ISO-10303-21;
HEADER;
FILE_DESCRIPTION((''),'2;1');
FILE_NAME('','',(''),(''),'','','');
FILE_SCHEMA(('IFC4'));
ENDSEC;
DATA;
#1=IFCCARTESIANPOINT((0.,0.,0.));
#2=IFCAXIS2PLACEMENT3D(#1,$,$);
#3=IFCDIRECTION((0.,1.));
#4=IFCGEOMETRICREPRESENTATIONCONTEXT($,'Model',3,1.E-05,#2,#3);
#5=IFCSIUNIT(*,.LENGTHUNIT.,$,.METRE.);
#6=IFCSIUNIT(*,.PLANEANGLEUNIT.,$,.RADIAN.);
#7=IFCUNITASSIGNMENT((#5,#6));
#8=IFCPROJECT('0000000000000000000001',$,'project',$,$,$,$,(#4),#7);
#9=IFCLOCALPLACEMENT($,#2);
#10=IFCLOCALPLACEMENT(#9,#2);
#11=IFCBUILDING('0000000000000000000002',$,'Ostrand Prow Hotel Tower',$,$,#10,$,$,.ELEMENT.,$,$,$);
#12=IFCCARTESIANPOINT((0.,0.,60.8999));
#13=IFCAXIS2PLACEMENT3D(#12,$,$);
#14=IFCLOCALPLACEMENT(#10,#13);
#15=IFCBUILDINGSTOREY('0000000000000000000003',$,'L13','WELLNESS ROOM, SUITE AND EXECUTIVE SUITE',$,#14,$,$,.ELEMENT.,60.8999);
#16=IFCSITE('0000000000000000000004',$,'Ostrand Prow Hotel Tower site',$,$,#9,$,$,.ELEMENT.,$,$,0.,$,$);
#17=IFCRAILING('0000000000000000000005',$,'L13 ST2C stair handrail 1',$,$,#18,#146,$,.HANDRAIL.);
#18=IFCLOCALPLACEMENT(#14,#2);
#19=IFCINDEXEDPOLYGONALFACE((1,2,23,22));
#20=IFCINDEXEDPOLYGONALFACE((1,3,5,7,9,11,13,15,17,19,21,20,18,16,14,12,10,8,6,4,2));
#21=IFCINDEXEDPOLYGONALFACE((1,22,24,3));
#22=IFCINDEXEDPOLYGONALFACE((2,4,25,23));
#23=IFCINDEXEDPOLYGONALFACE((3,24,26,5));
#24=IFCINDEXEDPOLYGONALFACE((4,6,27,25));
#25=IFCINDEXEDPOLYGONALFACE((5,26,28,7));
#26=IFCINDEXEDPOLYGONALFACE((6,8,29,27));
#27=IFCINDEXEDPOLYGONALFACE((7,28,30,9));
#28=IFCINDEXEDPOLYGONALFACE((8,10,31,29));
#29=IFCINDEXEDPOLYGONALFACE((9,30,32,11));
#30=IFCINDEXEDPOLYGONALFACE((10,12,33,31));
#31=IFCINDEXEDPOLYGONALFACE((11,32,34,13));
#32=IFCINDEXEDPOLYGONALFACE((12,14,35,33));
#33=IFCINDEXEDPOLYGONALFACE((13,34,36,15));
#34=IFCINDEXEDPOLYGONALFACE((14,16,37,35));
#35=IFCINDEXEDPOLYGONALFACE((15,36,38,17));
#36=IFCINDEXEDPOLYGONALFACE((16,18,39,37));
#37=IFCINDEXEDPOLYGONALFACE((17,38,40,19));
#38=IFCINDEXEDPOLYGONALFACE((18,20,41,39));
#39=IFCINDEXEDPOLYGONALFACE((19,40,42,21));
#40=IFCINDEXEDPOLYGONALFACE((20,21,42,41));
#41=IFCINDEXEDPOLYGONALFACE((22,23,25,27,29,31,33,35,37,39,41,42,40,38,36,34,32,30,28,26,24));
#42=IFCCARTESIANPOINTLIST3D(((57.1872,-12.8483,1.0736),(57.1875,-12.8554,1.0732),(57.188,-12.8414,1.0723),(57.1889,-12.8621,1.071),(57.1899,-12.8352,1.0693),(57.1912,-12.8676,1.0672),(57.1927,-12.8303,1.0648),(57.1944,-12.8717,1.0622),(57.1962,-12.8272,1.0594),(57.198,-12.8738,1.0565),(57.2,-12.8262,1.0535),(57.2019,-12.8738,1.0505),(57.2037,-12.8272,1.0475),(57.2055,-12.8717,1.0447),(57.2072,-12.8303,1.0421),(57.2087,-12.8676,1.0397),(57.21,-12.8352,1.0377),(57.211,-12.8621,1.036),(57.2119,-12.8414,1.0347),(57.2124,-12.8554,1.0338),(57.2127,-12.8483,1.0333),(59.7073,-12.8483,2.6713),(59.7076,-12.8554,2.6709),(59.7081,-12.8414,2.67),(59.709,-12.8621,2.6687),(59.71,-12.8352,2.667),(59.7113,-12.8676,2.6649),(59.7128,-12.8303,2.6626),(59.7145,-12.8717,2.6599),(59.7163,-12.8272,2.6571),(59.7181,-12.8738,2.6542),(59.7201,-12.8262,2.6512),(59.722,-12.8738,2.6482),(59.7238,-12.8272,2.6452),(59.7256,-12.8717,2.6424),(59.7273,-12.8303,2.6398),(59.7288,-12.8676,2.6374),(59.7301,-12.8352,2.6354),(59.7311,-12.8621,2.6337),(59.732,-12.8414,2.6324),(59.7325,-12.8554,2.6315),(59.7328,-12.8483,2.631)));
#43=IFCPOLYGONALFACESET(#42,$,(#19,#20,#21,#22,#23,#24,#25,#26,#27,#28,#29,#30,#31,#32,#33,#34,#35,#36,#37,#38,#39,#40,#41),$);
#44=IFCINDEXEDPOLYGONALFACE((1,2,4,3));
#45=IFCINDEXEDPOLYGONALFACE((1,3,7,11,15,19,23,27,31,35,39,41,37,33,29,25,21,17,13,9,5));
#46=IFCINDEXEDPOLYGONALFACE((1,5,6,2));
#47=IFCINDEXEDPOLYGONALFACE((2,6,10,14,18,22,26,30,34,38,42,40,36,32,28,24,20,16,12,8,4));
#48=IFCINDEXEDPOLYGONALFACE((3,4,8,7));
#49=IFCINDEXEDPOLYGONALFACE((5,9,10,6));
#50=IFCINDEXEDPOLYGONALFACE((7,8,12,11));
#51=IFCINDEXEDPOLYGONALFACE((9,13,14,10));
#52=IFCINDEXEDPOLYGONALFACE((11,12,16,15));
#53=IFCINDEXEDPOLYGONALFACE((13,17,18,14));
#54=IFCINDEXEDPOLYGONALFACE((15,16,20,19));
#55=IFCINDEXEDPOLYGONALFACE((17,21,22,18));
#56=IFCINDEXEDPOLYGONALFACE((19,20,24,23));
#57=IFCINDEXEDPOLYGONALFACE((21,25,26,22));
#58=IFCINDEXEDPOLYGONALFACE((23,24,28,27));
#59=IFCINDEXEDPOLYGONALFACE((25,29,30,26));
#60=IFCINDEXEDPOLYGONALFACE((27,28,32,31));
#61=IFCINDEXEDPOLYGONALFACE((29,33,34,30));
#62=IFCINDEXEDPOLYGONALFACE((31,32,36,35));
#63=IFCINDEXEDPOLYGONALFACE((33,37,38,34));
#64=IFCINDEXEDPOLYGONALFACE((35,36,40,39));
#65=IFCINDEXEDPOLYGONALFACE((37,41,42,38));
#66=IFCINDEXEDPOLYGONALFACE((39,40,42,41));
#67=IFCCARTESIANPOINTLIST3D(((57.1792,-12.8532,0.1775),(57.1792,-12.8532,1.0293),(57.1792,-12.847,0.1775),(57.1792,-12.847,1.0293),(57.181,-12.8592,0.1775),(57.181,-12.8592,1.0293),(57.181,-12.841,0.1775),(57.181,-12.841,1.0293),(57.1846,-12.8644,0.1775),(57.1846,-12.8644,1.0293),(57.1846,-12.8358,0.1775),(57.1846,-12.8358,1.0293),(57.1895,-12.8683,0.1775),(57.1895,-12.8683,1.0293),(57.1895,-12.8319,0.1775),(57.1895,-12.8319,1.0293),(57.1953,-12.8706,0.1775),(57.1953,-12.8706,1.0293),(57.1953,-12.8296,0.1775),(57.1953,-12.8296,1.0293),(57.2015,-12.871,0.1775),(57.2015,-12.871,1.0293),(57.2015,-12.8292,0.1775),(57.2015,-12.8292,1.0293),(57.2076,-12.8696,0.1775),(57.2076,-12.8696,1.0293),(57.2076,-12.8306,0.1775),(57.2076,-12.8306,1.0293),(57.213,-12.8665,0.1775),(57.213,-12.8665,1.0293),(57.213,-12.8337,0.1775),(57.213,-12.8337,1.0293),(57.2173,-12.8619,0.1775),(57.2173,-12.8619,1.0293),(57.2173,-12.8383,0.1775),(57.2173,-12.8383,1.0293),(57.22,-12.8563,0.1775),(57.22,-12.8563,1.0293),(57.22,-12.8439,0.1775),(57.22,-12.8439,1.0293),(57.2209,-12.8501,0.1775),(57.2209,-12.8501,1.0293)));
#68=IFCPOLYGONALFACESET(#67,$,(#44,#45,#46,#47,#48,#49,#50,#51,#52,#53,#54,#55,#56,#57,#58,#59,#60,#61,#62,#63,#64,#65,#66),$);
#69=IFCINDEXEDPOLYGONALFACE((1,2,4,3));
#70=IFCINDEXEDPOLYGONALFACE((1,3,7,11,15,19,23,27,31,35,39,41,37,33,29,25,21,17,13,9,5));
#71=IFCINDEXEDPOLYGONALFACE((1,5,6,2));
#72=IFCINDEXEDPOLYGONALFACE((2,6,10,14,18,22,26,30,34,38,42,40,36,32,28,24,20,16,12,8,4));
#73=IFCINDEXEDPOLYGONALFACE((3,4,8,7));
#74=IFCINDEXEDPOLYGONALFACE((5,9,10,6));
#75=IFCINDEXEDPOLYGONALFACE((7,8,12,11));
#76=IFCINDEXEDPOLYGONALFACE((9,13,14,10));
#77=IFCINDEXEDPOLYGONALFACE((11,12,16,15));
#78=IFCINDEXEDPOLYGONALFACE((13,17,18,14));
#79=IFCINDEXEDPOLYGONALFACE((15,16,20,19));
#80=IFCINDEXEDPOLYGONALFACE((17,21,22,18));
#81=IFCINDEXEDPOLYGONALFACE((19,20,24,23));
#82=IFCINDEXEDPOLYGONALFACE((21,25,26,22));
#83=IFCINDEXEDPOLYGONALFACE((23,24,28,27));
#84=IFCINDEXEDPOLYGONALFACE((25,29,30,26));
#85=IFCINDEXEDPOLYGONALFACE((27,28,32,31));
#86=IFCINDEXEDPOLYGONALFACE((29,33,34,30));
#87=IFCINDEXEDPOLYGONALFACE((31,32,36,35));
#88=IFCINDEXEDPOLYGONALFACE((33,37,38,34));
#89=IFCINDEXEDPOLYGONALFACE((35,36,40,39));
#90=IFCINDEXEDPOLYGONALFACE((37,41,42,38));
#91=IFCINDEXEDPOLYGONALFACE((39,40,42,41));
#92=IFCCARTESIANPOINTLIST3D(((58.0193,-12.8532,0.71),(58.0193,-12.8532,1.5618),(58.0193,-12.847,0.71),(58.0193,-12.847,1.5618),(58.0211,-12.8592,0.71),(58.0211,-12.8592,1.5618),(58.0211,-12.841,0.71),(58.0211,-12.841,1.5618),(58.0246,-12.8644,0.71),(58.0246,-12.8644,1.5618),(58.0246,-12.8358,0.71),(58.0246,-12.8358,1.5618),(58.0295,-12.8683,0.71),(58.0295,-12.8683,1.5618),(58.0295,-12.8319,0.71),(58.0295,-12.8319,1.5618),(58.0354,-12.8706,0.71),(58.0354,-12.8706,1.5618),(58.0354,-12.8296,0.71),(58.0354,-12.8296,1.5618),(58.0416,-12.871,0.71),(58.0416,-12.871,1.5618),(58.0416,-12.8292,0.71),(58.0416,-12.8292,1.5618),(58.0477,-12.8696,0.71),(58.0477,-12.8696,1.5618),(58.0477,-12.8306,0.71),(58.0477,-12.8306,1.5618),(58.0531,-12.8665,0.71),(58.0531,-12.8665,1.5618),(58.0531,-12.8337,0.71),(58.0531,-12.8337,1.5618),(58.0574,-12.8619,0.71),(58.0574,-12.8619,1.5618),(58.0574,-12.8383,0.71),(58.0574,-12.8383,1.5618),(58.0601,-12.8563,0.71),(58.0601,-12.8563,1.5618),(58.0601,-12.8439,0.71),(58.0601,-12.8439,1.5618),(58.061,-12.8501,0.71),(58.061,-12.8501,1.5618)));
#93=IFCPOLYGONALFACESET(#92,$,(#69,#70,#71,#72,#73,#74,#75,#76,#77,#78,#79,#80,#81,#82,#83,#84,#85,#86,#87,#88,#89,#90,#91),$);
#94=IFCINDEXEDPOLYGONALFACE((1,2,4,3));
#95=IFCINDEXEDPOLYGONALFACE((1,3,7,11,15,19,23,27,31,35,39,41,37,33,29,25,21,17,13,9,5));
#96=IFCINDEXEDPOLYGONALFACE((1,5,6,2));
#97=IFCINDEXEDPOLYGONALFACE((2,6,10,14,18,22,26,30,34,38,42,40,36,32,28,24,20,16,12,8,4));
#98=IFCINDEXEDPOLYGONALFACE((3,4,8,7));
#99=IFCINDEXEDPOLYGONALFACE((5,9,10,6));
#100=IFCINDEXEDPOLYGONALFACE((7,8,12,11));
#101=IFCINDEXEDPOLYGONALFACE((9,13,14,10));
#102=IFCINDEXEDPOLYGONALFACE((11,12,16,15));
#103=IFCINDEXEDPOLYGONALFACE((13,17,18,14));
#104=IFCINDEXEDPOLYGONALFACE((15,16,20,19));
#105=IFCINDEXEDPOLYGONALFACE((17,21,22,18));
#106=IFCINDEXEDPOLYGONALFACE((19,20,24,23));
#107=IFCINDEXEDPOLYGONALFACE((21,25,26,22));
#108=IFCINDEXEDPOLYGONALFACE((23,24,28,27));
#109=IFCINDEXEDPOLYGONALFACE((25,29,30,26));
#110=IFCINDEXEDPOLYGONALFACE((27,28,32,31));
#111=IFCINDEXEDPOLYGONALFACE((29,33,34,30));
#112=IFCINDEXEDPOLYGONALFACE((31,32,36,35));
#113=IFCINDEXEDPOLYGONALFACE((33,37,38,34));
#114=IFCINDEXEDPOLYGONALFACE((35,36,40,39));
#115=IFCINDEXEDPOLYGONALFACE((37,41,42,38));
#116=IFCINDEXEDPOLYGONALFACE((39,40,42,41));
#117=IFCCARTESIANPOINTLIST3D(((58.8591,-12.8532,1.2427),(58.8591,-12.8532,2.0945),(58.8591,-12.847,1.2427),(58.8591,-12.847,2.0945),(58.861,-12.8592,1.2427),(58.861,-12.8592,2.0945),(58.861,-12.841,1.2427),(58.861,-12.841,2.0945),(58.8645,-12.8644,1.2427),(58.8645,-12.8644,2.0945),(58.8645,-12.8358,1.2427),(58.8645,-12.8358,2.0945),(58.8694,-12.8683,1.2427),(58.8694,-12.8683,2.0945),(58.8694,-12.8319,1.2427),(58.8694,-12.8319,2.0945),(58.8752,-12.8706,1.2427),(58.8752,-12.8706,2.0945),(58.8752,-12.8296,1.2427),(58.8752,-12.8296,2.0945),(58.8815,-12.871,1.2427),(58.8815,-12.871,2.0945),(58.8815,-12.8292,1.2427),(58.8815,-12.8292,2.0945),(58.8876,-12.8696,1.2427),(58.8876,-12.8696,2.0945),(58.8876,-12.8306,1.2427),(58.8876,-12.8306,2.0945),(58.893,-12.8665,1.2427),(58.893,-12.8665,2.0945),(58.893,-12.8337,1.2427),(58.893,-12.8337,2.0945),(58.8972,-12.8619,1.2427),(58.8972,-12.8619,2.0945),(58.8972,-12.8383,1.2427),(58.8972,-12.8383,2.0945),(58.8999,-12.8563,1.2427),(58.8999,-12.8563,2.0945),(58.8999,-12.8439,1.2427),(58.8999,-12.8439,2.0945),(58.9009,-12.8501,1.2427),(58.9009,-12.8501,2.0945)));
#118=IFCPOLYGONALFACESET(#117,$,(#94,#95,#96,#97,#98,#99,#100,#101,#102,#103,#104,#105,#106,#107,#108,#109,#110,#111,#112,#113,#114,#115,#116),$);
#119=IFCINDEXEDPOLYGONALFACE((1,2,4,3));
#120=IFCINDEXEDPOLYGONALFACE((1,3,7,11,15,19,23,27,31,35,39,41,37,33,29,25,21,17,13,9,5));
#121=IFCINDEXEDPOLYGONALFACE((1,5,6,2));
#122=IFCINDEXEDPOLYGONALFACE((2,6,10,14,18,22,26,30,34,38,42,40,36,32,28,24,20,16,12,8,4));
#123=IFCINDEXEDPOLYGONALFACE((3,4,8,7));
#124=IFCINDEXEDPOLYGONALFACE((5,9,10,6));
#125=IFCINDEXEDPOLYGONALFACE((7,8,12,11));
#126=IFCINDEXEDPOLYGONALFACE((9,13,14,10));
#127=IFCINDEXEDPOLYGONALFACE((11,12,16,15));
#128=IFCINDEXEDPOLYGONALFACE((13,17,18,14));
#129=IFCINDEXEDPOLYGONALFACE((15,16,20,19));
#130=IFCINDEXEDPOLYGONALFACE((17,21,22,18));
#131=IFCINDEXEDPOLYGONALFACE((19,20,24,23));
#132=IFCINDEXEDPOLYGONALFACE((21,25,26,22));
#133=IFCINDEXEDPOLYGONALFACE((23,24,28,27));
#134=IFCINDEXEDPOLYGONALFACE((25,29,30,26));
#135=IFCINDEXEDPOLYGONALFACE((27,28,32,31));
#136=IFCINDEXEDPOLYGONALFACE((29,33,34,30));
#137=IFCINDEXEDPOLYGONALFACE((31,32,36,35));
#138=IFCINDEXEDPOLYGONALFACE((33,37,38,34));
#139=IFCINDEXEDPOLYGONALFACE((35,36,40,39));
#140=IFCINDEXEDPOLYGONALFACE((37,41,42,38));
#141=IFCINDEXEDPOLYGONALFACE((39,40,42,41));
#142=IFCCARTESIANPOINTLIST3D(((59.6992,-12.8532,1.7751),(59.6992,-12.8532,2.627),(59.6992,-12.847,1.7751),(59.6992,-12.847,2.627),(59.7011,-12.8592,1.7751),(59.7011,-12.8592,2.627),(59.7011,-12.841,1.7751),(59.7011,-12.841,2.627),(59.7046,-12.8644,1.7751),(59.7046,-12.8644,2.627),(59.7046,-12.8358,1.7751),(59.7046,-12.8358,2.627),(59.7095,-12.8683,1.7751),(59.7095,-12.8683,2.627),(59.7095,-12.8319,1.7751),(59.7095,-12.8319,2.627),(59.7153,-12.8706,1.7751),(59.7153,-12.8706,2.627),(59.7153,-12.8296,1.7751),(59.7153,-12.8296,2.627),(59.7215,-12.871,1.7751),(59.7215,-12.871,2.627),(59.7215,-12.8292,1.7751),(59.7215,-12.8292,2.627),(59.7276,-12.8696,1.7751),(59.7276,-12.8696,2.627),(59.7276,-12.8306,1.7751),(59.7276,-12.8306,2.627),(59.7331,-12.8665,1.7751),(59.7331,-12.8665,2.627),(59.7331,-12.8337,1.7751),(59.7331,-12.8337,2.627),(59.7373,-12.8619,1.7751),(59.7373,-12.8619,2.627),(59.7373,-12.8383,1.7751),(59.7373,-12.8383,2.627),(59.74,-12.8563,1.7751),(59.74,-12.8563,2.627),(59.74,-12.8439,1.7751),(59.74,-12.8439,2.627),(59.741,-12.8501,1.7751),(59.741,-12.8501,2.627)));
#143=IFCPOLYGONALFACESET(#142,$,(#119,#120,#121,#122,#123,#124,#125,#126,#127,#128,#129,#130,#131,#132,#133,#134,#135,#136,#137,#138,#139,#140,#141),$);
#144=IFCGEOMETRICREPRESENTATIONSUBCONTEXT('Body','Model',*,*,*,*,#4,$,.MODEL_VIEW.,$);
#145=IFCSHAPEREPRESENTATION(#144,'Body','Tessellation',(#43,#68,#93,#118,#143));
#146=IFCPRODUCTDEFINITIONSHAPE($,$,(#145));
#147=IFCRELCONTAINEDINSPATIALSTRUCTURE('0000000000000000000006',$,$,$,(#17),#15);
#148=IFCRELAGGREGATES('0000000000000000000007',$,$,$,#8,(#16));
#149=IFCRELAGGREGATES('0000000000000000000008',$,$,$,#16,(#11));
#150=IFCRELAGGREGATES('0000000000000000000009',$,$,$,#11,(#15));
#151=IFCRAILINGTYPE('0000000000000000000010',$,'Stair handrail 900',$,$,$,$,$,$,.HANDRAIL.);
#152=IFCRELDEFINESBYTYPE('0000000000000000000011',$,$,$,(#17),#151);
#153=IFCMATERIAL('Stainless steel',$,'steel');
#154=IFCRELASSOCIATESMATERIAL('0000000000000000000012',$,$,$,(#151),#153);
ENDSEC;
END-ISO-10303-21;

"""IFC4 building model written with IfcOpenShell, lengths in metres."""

from ifc_helpers import new_model, si_unit, direction, frame, origin, origin_2d, place, context, subcontext, project, spatial, circle, extrude, material, type_object, element, save


model = new_model("IFC4")

# Units and contexts
model_context = context("Model", 3, precision=1e-05, world=origin(), true_north=direction((0.0, 1.0)))
body_context = subcontext(model_context, "Body", "Model", "MODEL_VIEW")
ifc_project = project(units=[si_unit("LENGTHUNIT", "METRE"), si_unit("PLANEANGLEUNIT", "RADIAN")], contexts=[model_context])

# Site, building, storey
site_placement = place(None, origin())
site = spatial("IfcSite", under=ifc_project, at=site_placement, Name="Ostrand Prow Hotel Tower site", CompositionType="ELEMENT", RefElevation=0.0)
building_placement = place(site_placement, origin())
building = spatial("IfcBuilding", under=site, at=building_placement, Name="Ostrand Prow Hotel Tower", CompositionType="ELEMENT")
storey_placement = place(building_placement, frame((0.0, 0.0, 60.8999)))
storey = spatial("IfcBuildingStorey", under=building, at=storey_placement, Name="L13", Description="WELLNESS ROOM, SUITE AND EXECUTIVE SUITE", CompositionType="ELEMENT", Elevation=60.8999)

# Railing
ifc_material_1 = material(Name="Stainless steel", Category="steel")
railing_type_1 = type_object("IfcRailingType", Name="Stair handrail 900", PredefinedType="HANDRAIL", material=ifc_material_1)
railing_1_placement = place(storey_placement, frame((57.2, -12.8501, 0.1775)))
element("IfcRailing", 1, at=railing_1_placement, inside=storey, type_object=railing_type_1, Name="L13 ST2C stair handrail 1", PredefinedType="HANDRAIL", context=body_context, shape_type="SweptSolid", body=[
    extrude(circle(Radius=0.0239, at=origin_2d()), frame((0.0, 0.0, 0.876), z_axis=(0.84457, 0.0, 0.535445), x_axis=(0.0, 1.0, 0.0)), (0.0, 0.0, 1.0), 2.9839),
    extrude(circle(Radius=0.021, at=origin_2d()), origin(), (0.0, 0.0, 1.0), 0.8518),
    extrude(circle(Radius=0.021, at=origin_2d()), frame((0.8401, 0.0, 0.5325)), (0.0, 0.0, 1.0), 0.8518),
    extrude(circle(Radius=0.021, at=origin_2d()), frame((1.6799, 0.0, 1.0652)), (0.0, 0.0, 1.0), 0.8518),
    extrude(circle(Radius=0.021, at=origin_2d()), frame((2.52, 0.0, 1.5977)), (0.0, 0.0, 1.0), 0.8518),
])

save(model, "model.ifc")
